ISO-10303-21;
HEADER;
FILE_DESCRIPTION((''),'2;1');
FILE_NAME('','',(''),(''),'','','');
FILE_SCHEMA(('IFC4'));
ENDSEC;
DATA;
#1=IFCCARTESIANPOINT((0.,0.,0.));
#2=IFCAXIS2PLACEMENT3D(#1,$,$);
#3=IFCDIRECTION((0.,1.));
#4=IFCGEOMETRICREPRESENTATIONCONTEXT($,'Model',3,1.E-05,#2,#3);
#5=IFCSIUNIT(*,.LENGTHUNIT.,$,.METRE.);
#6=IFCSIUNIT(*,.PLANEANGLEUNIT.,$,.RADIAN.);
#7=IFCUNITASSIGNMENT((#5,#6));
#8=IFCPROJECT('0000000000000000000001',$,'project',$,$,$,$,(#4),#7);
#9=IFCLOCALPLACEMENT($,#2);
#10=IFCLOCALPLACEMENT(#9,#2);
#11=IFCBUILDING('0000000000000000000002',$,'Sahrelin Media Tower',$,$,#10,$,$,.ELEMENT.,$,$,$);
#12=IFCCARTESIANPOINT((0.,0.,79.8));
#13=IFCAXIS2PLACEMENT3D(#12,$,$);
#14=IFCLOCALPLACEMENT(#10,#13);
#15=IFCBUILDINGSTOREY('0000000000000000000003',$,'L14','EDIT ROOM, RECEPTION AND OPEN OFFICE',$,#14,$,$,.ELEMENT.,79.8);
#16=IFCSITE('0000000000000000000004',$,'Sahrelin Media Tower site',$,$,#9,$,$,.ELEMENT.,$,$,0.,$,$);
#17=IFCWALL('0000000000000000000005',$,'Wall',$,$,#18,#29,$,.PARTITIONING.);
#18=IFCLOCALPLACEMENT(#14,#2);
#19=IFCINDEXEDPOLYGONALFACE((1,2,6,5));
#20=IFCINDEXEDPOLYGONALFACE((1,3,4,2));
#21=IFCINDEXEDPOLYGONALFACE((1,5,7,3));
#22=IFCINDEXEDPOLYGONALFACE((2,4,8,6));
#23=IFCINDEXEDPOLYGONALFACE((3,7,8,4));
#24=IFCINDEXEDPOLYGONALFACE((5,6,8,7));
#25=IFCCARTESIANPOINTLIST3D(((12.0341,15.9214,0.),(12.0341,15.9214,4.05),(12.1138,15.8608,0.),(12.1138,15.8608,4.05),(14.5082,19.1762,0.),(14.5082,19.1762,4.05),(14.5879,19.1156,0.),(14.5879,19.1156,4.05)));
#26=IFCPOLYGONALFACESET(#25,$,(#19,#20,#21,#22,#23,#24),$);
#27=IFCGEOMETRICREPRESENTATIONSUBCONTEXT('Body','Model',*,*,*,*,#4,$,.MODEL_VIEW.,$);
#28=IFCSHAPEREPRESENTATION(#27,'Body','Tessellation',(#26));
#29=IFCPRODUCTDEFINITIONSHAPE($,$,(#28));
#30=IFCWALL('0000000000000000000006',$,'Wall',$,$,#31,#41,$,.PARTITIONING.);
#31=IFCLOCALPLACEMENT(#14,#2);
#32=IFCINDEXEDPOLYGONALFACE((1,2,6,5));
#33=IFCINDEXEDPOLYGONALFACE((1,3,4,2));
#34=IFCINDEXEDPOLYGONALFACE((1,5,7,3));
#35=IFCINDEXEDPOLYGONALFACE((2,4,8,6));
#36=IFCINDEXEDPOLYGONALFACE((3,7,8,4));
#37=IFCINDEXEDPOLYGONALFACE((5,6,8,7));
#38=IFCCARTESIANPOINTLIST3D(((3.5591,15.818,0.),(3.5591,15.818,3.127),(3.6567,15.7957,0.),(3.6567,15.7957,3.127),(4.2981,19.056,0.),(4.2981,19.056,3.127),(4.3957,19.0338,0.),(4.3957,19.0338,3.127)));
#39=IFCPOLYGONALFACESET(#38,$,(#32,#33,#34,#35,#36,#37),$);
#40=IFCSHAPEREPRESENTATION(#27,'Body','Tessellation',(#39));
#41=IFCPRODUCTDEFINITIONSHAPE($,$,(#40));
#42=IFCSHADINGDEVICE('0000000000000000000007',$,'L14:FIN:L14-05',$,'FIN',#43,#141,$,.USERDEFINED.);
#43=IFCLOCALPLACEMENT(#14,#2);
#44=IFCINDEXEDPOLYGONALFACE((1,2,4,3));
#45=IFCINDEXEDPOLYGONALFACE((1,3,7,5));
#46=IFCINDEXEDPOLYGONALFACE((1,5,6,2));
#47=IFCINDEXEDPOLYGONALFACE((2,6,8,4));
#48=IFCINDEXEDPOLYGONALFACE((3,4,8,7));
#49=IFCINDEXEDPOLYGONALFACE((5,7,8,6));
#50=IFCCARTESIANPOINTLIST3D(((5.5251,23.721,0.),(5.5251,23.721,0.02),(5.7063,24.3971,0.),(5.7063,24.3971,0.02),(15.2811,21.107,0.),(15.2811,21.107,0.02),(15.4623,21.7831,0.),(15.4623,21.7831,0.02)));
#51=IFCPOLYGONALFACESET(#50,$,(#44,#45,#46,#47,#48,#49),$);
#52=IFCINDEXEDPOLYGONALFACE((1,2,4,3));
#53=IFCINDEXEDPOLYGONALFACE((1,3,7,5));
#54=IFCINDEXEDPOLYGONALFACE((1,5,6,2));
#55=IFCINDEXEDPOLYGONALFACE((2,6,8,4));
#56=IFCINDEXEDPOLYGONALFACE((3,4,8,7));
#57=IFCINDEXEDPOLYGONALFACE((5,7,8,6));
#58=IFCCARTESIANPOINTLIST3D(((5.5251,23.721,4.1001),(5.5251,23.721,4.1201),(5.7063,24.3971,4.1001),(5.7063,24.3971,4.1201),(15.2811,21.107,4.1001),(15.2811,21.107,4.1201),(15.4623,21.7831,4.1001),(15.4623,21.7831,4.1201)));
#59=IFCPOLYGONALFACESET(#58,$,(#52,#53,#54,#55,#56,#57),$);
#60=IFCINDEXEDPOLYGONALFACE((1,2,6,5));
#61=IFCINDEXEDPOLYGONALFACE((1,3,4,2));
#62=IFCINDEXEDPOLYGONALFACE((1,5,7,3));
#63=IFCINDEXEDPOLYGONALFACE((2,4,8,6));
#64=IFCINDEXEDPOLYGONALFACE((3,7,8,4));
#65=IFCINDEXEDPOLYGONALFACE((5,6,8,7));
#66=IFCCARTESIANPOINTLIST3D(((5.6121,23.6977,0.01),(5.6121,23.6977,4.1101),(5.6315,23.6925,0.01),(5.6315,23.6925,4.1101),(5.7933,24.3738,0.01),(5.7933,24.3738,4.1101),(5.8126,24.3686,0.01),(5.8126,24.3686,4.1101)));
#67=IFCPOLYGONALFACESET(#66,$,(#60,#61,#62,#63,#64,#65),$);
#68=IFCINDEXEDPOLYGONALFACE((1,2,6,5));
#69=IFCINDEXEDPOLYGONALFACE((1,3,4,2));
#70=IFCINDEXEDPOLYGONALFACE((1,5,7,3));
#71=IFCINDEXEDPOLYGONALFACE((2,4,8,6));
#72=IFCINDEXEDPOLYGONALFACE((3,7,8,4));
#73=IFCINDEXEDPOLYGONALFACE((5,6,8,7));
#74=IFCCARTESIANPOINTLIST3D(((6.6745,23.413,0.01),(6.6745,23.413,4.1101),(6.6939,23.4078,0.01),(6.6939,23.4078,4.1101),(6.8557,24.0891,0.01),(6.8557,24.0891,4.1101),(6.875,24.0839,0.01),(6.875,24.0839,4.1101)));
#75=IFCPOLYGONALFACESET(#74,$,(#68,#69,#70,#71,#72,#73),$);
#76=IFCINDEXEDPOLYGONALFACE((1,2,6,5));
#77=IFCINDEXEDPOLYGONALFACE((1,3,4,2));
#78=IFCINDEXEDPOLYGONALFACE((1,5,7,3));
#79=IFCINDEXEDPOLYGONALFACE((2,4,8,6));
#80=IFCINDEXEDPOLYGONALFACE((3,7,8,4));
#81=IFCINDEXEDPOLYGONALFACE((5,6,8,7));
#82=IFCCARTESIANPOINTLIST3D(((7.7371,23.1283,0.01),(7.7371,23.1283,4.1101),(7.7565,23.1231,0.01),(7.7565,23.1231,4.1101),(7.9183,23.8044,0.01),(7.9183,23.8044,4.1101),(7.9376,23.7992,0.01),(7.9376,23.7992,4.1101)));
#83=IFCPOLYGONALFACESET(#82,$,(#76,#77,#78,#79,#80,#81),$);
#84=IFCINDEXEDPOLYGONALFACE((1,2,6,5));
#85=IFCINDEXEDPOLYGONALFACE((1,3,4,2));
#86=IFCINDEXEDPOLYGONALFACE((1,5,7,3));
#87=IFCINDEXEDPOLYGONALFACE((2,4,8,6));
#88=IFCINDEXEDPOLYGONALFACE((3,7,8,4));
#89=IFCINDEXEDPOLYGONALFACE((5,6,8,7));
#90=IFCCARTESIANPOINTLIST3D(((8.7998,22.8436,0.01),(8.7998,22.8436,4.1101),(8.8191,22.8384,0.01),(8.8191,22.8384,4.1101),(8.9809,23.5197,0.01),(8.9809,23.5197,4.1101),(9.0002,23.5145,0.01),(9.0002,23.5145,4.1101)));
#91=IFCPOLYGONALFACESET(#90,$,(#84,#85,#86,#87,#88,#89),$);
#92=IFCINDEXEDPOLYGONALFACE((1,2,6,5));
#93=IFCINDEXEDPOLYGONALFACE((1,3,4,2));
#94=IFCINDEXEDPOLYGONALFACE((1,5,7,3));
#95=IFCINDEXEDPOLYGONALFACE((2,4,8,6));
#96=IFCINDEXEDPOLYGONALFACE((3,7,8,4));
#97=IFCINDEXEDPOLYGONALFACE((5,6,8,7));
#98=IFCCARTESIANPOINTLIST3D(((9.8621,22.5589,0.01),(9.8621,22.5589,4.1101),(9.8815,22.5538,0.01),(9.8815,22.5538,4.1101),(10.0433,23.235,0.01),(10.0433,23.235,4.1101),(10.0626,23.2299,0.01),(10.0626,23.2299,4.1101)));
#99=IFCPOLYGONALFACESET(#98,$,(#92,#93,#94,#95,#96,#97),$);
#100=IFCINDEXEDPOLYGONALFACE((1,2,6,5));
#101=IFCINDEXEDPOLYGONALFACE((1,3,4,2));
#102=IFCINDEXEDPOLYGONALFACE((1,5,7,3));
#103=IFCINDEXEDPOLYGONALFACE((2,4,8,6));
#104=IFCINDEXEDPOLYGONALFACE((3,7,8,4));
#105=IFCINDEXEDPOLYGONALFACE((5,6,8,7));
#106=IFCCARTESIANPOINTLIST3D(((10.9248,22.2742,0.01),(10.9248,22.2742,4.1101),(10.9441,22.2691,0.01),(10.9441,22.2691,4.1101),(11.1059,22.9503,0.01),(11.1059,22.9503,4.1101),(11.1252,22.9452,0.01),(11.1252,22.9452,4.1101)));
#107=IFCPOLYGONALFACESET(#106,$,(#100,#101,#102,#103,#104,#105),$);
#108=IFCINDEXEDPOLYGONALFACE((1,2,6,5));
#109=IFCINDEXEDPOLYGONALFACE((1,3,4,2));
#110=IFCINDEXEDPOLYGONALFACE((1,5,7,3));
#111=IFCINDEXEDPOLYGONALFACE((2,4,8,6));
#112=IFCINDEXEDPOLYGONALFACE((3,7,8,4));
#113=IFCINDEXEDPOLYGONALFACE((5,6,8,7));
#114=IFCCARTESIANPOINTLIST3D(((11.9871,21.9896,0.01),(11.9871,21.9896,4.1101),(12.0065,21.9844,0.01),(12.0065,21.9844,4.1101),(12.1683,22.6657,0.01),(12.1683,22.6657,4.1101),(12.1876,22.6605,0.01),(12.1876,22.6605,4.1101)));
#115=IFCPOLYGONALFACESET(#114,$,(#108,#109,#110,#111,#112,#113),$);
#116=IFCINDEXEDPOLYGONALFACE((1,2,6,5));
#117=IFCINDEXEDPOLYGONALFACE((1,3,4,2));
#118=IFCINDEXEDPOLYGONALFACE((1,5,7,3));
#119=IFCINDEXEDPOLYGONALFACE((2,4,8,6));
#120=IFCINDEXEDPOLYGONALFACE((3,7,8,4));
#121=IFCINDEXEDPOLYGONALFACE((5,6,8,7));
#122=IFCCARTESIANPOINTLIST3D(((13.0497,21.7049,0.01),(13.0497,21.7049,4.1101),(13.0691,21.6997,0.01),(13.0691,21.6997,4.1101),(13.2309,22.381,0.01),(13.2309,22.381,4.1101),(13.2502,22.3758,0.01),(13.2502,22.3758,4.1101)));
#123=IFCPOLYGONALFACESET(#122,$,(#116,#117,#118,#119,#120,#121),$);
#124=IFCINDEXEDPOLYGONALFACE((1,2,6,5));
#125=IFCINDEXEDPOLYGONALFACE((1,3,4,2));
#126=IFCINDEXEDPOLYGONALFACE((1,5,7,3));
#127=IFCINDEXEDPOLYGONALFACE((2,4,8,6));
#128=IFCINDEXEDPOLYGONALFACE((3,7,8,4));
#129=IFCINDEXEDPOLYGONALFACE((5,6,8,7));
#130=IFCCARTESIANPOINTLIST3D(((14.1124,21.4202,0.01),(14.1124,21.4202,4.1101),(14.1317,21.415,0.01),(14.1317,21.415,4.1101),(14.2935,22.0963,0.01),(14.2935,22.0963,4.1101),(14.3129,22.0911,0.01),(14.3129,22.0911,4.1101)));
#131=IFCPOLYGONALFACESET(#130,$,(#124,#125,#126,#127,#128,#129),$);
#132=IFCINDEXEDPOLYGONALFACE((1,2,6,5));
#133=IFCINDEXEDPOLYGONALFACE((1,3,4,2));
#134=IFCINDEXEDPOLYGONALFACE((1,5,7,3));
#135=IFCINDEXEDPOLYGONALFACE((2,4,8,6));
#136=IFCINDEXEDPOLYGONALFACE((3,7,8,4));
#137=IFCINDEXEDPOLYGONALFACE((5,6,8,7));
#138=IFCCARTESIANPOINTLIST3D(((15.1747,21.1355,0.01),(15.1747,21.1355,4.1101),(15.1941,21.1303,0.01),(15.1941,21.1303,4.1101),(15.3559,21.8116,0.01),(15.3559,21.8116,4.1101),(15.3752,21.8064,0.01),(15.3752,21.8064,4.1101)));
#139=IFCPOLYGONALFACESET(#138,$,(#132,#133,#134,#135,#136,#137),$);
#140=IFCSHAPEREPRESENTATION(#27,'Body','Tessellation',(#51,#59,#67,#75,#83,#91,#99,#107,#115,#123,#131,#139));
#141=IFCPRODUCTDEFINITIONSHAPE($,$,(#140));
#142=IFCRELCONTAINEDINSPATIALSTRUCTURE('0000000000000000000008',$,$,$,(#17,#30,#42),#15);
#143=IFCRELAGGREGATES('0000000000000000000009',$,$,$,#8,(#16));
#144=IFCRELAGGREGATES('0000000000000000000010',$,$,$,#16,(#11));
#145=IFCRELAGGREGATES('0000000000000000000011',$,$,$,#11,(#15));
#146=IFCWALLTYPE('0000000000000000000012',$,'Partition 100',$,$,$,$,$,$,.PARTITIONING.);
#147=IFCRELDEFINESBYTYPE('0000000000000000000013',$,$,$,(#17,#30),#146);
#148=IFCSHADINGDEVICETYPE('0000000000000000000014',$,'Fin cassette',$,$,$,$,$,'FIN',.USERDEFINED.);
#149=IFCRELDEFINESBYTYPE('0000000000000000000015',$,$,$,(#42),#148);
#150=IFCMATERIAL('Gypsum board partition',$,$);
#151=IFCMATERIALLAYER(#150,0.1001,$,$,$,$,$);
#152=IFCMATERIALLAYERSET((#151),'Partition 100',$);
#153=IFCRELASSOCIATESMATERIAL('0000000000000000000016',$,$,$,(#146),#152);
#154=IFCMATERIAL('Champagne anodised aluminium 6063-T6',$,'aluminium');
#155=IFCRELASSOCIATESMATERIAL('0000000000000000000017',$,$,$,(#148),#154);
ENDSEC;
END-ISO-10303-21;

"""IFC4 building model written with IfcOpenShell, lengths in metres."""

from ifc_helpers import new_model, si_unit, direction, frame, frame_2d, origin, origin_2d, place, context, subcontext, project, spatial, rectangle, extrude, material, layer, layer_set, type_object, element, save


model = new_model("IFC4")

# Units and contexts
model_context = context("Model", 3, precision=1e-05, world=origin(), true_north=direction((0.0, 1.0)))
body_context = subcontext(model_context, "Body", "Model", "MODEL_VIEW")
ifc_project = project(units=[si_unit("LENGTHUNIT", "METRE"), si_unit("PLANEANGLEUNIT", "RADIAN")], contexts=[model_context])

# Site, building, storey
site_placement = place(None, origin())
site = spatial("IfcSite", under=ifc_project, at=site_placement, Name="Sahrelin Media Tower site", CompositionType="ELEMENT", RefElevation=0.0)
building_placement = place(site_placement, origin())
building = spatial("IfcBuilding", under=site, at=building_placement, Name="Sahrelin Media Tower", CompositionType="ELEMENT")
storey_placement = place(building_placement, frame((0.0, 0.0, 79.8)))
storey = spatial("IfcBuildingStorey", under=building, at=storey_placement, Name="L14", Description="EDIT ROOM, RECEPTION AND OPEN OFFICE", CompositionType="ELEMENT", Elevation=79.8)

# Shared definitions
ifc_material_1 = material(Name="Champagne anodised aluminium 6063-T6", Category="aluminium")

# Walls
ifc_material_2 = material(Name="Gypsum board partition")
ifc_layer_1 = layer(ifc_material_2, 0.1001)
ifc_layer_set_1 = layer_set([ifc_layer_1], Name="Partition 100")
wall_type_1 = type_object("IfcWallType", Name="Partition 100", PredefinedType="PARTITIONING", material=ifc_layer_set_1)
wall_1_placement = place(storey_placement, frame((12.074, 15.8911, 0.0), z_axis=(0.0, 0.0, 1.0), x_axis=(0.605147, 0.796114, 0.0)))
element("IfcWall", 1, at=wall_1_placement, inside=storey, type_object=wall_type_1, Name="Wall", PredefinedType="PARTITIONING", context=body_context, shape_type="SweptSolid", body=[
    extrude(rectangle(XDim=4.0884, YDim=0.1001, at=frame_2d((2.0442, 0.0))), origin(), (0.0, 0.0, 1.0), 4.05),
])
wall_2_placement = place(storey_placement, frame((3.6079, 15.8069, 0.0), z_axis=(0.0, 0.0, 1.0), x_axis=(0.222507, 0.974931, 0.0)))
element("IfcWall", 2, at=wall_2_placement, inside=storey, type_object=wall_type_1, Name="Wall", PredefinedType="PARTITIONING", context=body_context, shape_type="SweptSolid", body=[
    extrude(rectangle(XDim=3.3213, YDim=0.1001, at=frame_2d((1.6606, 0.0))), origin(), (0.0, 0.0, 1.0), 3.127),
])

# Shading device
shading_device_type_1 = type_object("IfcShadingDeviceType", Name="Fin cassette", ElementType="FIN", PredefinedType="USERDEFINED", material=ifc_material_1)
placement_1 = place(storey_placement, frame((10.385, 22.3464, 0.0), z_axis=(0.0, 0.0, 1.0), x_axis=(0.965929, -0.258808, 0.0)))
element("IfcShadingDevice", 3, at=placement_1, inside=storey, type_object=shading_device_type_1, Name="L14:FIN:L14-05", ObjectType="FIN", PredefinedType="USERDEFINED", context=body_context, shape_type="SweptSolid", body=[
    extrude(rectangle(XDim=10.1001, YDim=0.7, at=origin_2d()), frame((0.0, 0.4199, 0.0)), (0.0, 0.0, 1.0), 0.02),
    extrude(rectangle(XDim=10.1001, YDim=0.7, at=origin_2d()), frame((0.0, 0.4199, 4.1001)), (0.0, 0.0, 1.0), 0.02),
    extrude(rectangle(XDim=0.02, YDim=0.7, at=origin_2d()), frame((-4.95, 0.4199, 0.01), z_axis=(0.0, 0.0, 1.0), x_axis=(1.0, 0.0, 0.0)), (0.0, 0.0, 1.0), 4.1001),
    extrude(rectangle(XDim=0.02, YDim=0.7, at=origin_2d()), frame((-3.8501, 0.4199, 0.01), z_axis=(0.0, 0.0, 1.0), x_axis=(1.0, 0.0, 0.0)), (0.0, 0.0, 1.0), 4.1001),
    extrude(rectangle(XDim=0.02, YDim=0.7, at=origin_2d()), frame((-2.75, 0.4199, 0.01), z_axis=(0.0, 0.0, 1.0), x_axis=(1.0, 0.0, 0.0)), (0.0, 0.0, 1.0), 4.1001),
    extrude(rectangle(XDim=0.02, YDim=0.7, at=origin_2d()), frame((-1.6499, 0.4199, 0.01), z_axis=(0.0, 0.0, 1.0), x_axis=(1.0, 0.0, 0.0)), (0.0, 0.0, 1.0), 4.1001),
    extrude(rectangle(XDim=0.02, YDim=0.7, at=origin_2d()), frame((-0.55, 0.4199, 0.01), z_axis=(0.0, 0.0, 1.0), x_axis=(1.0, 0.0, 0.0)), (0.0, 0.0, 1.0), 4.1001),
    extrude(rectangle(XDim=0.02, YDim=0.7, at=origin_2d()), frame((0.55, 0.4199, 0.01), z_axis=(0.0, 0.0, 1.0), x_axis=(1.0, 0.0, 0.0)), (0.0, 0.0, 1.0), 4.1001),
    extrude(rectangle(XDim=0.02, YDim=0.7, at=origin_2d()), frame((1.6499, 0.4199, 0.01), z_axis=(0.0, 0.0, 1.0), x_axis=(1.0, 0.0, 0.0)), (0.0, 0.0, 1.0), 4.1001),
    extrude(rectangle(XDim=0.02, YDim=0.7, at=origin_2d()), frame((2.75, 0.4199, 0.01), z_axis=(0.0, 0.0, 1.0), x_axis=(1.0, 0.0, 0.0)), (0.0, 0.0, 1.0), 4.1001),
    extrude(rectangle(XDim=0.02, YDim=0.7, at=origin_2d()), frame((3.8501, 0.4199, 0.01), z_axis=(0.0, 0.0, 1.0), x_axis=(1.0, 0.0, 0.0)), (0.0, 0.0, 1.0), 4.1001),
    extrude(rectangle(XDim=0.02, YDim=0.7, at=origin_2d()), frame((4.95, 0.4199, 0.01), z_axis=(0.0, 0.0, 1.0), x_axis=(1.0, 0.0, 0.0)), (0.0, 0.0, 1.0), 4.1001),
])

save(model, "model.ifc")
